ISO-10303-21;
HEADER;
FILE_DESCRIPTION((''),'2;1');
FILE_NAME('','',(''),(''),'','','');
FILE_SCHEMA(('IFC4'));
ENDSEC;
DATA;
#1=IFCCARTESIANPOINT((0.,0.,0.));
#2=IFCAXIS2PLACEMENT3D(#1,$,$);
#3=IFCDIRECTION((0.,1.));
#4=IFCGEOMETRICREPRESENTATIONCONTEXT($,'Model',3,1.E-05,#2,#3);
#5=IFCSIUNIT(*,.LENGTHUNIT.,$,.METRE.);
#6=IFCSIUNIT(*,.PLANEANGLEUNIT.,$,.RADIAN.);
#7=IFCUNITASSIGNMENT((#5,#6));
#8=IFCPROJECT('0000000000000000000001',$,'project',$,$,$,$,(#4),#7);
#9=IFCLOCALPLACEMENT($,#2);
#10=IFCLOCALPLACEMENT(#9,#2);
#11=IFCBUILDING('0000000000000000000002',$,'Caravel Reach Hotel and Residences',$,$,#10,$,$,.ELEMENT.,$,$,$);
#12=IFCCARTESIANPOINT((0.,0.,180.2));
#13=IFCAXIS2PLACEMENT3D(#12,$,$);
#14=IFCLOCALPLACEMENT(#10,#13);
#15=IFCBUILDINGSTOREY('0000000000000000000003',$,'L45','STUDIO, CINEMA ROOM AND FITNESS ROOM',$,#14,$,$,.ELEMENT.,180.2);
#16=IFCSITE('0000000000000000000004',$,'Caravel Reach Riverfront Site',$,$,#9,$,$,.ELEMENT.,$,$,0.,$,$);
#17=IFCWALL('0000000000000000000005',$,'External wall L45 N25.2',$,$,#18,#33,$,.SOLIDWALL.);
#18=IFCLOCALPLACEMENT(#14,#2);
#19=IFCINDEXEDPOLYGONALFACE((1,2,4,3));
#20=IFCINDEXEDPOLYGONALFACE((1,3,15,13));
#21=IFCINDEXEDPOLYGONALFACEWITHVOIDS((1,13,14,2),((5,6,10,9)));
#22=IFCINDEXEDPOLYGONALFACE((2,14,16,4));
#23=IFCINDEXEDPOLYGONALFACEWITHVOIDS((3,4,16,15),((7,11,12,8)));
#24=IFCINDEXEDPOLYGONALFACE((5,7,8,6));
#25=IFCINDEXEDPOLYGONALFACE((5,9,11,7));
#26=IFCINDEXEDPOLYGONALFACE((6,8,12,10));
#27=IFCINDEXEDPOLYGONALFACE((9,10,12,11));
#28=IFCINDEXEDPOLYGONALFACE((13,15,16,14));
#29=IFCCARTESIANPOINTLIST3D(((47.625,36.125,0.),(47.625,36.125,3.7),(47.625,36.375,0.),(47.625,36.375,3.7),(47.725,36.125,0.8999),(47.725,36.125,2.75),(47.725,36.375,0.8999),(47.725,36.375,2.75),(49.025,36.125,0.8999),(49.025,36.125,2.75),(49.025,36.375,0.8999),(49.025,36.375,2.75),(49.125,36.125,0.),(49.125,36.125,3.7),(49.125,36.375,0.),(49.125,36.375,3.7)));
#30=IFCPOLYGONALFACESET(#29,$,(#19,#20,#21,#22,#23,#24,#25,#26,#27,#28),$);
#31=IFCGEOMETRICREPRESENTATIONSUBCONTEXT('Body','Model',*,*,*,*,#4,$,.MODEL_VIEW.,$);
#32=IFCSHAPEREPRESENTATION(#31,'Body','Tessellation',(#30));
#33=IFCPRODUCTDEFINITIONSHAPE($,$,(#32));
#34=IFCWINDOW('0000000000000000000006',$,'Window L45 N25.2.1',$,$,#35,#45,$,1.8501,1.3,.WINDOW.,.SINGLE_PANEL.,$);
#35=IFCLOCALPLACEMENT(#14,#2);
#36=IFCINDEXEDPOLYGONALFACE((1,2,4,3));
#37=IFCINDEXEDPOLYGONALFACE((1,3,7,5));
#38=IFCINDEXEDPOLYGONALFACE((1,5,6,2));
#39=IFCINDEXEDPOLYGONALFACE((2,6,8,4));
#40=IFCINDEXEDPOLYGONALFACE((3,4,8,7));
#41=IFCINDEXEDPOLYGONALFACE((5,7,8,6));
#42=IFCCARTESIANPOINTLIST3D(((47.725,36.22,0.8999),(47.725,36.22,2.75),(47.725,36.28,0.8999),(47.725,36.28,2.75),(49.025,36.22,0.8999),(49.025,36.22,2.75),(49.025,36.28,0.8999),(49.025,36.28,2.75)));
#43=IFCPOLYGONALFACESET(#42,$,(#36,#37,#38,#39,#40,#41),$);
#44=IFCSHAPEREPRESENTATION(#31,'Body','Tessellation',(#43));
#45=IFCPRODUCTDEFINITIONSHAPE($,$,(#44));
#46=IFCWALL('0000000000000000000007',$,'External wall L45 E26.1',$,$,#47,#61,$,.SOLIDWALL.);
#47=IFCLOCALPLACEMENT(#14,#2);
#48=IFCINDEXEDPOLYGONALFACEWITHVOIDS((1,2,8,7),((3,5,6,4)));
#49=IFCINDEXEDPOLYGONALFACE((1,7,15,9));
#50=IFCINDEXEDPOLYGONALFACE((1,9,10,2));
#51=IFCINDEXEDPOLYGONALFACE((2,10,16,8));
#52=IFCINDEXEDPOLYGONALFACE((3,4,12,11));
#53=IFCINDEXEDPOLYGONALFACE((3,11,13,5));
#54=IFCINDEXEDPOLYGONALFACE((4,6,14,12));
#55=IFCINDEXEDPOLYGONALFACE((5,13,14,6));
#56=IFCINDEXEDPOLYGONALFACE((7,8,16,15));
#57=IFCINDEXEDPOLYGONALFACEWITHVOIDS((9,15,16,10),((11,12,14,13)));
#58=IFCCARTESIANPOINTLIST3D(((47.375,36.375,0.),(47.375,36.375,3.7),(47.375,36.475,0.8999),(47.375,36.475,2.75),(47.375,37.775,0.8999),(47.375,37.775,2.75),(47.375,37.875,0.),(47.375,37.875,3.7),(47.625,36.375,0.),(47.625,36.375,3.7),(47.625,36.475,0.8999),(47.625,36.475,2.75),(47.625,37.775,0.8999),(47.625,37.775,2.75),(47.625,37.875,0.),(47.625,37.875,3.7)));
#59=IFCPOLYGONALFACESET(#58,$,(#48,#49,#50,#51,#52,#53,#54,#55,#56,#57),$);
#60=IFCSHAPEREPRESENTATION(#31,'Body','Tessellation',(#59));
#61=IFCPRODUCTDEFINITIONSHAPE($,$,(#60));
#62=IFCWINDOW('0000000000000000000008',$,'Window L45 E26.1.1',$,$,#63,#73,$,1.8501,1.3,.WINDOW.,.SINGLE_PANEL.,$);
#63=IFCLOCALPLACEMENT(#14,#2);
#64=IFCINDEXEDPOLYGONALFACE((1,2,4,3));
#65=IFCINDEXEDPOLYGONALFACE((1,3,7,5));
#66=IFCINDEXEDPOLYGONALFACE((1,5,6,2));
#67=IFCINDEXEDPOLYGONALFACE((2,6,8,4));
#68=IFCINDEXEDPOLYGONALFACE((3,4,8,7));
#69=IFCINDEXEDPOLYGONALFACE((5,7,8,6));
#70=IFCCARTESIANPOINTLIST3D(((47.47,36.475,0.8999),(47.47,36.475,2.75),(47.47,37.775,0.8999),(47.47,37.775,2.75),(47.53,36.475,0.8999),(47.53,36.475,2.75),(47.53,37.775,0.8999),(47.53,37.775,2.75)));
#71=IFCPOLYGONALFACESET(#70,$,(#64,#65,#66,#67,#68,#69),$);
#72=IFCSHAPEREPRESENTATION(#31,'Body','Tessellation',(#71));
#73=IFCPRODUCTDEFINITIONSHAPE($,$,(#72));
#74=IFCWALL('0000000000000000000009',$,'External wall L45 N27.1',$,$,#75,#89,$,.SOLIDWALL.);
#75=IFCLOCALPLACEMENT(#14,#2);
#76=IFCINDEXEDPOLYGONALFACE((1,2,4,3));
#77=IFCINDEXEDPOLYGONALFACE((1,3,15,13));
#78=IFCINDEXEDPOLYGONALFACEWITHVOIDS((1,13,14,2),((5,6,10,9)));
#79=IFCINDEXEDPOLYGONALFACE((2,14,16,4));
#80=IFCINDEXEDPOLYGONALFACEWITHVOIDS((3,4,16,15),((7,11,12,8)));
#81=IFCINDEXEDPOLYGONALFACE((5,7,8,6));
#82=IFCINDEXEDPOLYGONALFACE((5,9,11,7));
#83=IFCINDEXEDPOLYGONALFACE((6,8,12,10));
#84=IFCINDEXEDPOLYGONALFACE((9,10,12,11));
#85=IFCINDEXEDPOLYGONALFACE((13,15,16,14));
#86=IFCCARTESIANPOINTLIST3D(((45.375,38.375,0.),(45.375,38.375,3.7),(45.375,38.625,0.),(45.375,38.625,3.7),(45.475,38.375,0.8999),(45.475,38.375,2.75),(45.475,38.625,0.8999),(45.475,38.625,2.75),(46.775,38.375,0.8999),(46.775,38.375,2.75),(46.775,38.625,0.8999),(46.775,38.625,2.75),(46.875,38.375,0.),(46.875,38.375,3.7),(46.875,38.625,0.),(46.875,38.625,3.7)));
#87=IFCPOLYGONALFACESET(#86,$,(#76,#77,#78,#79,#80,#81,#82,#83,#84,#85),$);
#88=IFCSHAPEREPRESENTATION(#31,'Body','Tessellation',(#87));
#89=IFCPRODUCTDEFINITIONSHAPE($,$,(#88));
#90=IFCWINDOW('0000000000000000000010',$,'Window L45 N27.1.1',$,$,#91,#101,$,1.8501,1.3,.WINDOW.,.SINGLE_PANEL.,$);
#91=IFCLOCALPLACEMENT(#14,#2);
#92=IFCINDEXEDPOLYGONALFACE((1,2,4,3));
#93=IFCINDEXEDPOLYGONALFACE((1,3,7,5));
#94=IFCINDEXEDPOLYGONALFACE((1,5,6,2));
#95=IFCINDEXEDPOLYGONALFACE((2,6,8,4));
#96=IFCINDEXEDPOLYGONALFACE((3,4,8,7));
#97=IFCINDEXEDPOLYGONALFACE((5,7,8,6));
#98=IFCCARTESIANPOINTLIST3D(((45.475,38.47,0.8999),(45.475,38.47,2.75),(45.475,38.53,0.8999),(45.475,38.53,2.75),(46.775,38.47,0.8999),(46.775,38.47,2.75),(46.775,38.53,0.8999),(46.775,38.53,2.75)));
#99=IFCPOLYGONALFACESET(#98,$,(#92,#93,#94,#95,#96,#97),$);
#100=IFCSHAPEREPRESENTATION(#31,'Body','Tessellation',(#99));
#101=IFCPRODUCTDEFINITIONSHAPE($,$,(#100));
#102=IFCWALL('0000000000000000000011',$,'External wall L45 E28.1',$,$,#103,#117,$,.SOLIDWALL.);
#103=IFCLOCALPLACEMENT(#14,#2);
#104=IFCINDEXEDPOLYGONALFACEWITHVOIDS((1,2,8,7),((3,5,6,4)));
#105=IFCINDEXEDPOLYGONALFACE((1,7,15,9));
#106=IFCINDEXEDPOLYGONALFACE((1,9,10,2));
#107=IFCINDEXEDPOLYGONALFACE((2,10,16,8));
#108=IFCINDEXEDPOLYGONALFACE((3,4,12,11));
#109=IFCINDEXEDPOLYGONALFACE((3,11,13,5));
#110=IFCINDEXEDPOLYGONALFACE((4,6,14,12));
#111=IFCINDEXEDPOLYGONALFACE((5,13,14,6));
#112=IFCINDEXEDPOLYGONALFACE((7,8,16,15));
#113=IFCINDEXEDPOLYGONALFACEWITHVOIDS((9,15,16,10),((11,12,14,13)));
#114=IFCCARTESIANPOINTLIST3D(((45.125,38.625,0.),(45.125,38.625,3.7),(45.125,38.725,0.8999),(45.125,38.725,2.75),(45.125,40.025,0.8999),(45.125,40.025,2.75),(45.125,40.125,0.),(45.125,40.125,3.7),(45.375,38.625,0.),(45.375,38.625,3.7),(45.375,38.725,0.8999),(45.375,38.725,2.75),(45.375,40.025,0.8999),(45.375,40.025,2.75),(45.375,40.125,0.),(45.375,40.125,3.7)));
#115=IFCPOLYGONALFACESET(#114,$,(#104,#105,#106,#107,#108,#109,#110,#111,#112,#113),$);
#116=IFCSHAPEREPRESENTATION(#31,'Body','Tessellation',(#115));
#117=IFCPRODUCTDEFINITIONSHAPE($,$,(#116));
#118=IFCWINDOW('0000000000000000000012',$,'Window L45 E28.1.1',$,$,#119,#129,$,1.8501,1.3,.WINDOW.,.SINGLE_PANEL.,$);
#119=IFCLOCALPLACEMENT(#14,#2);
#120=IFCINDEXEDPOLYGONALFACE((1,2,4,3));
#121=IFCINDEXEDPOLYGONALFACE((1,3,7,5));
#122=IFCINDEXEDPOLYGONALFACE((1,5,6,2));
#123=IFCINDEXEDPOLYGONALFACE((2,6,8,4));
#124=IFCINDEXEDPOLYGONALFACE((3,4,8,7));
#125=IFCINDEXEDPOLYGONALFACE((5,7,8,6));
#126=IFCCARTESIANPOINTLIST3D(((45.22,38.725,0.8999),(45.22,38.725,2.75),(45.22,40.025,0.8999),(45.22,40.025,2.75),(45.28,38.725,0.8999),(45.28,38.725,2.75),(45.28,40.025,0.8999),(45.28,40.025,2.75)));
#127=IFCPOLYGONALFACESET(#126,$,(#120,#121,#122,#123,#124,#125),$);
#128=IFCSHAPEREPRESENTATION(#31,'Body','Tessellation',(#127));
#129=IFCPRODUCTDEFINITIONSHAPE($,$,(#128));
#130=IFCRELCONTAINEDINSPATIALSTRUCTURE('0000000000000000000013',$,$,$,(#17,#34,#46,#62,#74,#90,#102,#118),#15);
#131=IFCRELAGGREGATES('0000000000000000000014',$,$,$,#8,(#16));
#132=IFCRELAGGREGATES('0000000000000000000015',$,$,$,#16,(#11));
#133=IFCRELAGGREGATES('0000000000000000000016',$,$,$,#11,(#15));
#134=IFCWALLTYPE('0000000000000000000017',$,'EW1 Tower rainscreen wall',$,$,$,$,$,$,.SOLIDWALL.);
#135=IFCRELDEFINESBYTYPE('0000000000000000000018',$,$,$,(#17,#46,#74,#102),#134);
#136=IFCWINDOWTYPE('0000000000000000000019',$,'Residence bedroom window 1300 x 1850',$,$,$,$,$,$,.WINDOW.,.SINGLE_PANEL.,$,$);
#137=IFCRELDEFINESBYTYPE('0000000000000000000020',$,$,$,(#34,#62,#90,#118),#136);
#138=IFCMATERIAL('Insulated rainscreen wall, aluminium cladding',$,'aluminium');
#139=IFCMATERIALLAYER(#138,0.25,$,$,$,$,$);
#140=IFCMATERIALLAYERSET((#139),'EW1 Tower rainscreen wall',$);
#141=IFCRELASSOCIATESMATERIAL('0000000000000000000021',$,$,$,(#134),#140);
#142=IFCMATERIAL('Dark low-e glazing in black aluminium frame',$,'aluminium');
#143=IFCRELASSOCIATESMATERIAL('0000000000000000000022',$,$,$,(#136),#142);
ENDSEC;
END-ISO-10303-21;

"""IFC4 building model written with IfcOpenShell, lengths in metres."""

from ifc_helpers import new_model, si_unit, direction, frame, frame_2d, origin, place, context, subcontext, project, spatial, rectangle, extrude, material, layer, layer_set, type_object, element, fill, save


model = new_model("IFC4")

# Units and contexts
model_context = context("Model", 3, precision=1e-05, world=origin(), true_north=direction((0.0, 1.0)))
body_context = subcontext(model_context, "Body", "Model", "MODEL_VIEW")
ifc_project = project(units=[si_unit("LENGTHUNIT", "METRE"), si_unit("PLANEANGLEUNIT", "RADIAN")], contexts=[model_context])

# Site, building, storey
site_placement = place(None, origin())
site = spatial("IfcSite", under=ifc_project, at=site_placement, Name="Caravel Reach Riverfront Site", CompositionType="ELEMENT", RefElevation=0.0)
building_placement = place(site_placement, origin())
building = spatial("IfcBuilding", under=site, at=building_placement, Name="Caravel Reach Hotel and Residences", CompositionType="ELEMENT")
storey_placement = place(building_placement, frame((0.0, 0.0, 180.2)))
storey = spatial("IfcBuildingStorey", under=building, at=storey_placement, Name="L45", Description="STUDIO, CINEMA ROOM AND FITNESS ROOM", CompositionType="ELEMENT", Elevation=180.2)

# Shared definitions
ifc_material_1 = material(Name="Insulated rainscreen wall, aluminium cladding", Category="aluminium")
ifc_layer_1 = layer(ifc_material_1, 0.25)
ifc_layer_set_1 = layer_set([ifc_layer_1], Name="EW1 Tower rainscreen wall")
wall_type_1 = type_object("IfcWallType", Name="EW1 Tower rainscreen wall", PredefinedType="SOLIDWALL", material=ifc_layer_set_1)

# Walls, openings, windows
wall_1_placement = place(storey_placement, frame((49.125, 36.25, 0.0), z_axis=(0.0, 0.0, 1.0), x_axis=(-1.0, 0.0, 0.0)))
wall_1 = element("IfcWall", 1, at=wall_1_placement, inside=storey, type_object=wall_type_1, Name="External wall L45 N25.2", PredefinedType="SOLIDWALL", context=body_context, shape_type="SweptSolid", body=[
    extrude(rectangle(XDim=1.5, YDim=0.25, at=frame_2d((0.75, 0.0))), origin(), (0.0, 0.0, 1.0), 3.7),
])
opening_1_placement = place(wall_1_placement, frame((0.1001, 0.0, 0.8999)))
opening_1 = element("IfcOpeningElement", 2, at=opening_1_placement, cuts=wall_1, PredefinedType="OPENING", context=body_context, shape_type="SweptSolid", body=[
    extrude(rectangle(XDim=1.3, YDim=1.8501, at=frame_2d((0.6499, 0.925))), frame((0.0, 0.135, 0.0), z_axis=(0.0, -1.0, 0.0), x_axis=(1.0, 0.0, 0.0)), (0.0, 0.0, 1.0), 0.27),
])
ifc_material_2 = material(Name="Dark low-e glazing in black aluminium frame", Category="aluminium")
window_type_1 = type_object("IfcWindowType", Name="Residence bedroom window 1300 x 1850", PartitioningType="SINGLE_PANEL", PredefinedType="WINDOW", material=ifc_material_2)
window_1_placement = place(opening_1_placement, origin())
window_1 = element("IfcWindow", 3, at=window_1_placement, inside=storey, type_object=window_type_1, Name="Window L45 N25.2.1", OverallHeight=1.8501, OverallWidth=1.3, PartitioningType="SINGLE_PANEL", PredefinedType="WINDOW", context=body_context, shape_type="SweptSolid", body=[
    extrude(rectangle(XDim=1.3, YDim=1.8501, at=frame_2d((0.6499, 0.925))), frame((0.0, 0.03, 0.0), z_axis=(0.0, -1.0, 0.0), x_axis=(1.0, 0.0, 0.0)), (0.0, 0.0, 1.0), 0.0601),
])
fill(opening_1, window_1)
wall_2_placement = place(storey_placement, frame((47.5, 36.375, 0.0), z_axis=(0.0, 0.0, 1.0), x_axis=(0.0, 1.0, 0.0)))
wall_2 = element("IfcWall", 4, at=wall_2_placement, inside=storey, type_object=wall_type_1, Name="External wall L45 E26.1", PredefinedType="SOLIDWALL", context=body_context, shape_type="SweptSolid", body=[
    extrude(rectangle(XDim=1.5, YDim=0.25, at=frame_2d((0.75, 0.0))), origin(), (0.0, 0.0, 1.0), 3.7),
])
opening_2_placement = place(wall_2_placement, frame((0.1001, 0.0, 0.8999)))
opening_2 = element("IfcOpeningElement", 5, at=opening_2_placement, cuts=wall_2, PredefinedType="OPENING", context=body_context, shape_type="SweptSolid", body=[
    extrude(rectangle(XDim=1.3, YDim=1.8501, at=frame_2d((0.6499, 0.925))), frame((0.0, 0.135, 0.0), z_axis=(0.0, -1.0, 0.0), x_axis=(1.0, 0.0, 0.0)), (0.0, 0.0, 1.0), 0.27),
])
window_2_placement = place(opening_2_placement, origin())
window_2 = element("IfcWindow", 6, at=window_2_placement, inside=storey, type_object=window_type_1, Name="Window L45 E26.1.1", OverallHeight=1.8501, OverallWidth=1.3, PartitioningType="SINGLE_PANEL", PredefinedType="WINDOW", context=body_context, shape_type="SweptSolid", body=[
    extrude(rectangle(XDim=1.3, YDim=1.8501, at=frame_2d((0.6499, 0.925))), frame((0.0, 0.03, 0.0), z_axis=(0.0, -1.0, 0.0), x_axis=(1.0, 0.0, 0.0)), (0.0, 0.0, 1.0), 0.0601),
])
fill(opening_2, window_2)
wall_3_placement = place(storey_placement, frame((46.875, 38.5, 0.0), z_axis=(0.0, 0.0, 1.0), x_axis=(-1.0, 0.0, 0.0)))
wall_3 = element("IfcWall", 7, at=wall_3_placement, inside=storey, type_object=wall_type_1, Name="External wall L45 N27.1", PredefinedType="SOLIDWALL", context=body_context, shape_type="SweptSolid", body=[
    extrude(rectangle(XDim=1.5, YDim=0.25, at=frame_2d((0.75, 0.0))), origin(), (0.0, 0.0, 1.0), 3.7),
])
opening_3_placement = place(wall_3_placement, frame((0.1001, 0.0, 0.8999)))
opening_3 = element("IfcOpeningElement", 8, at=opening_3_placement, cuts=wall_3, PredefinedType="OPENING", context=body_context, shape_type="SweptSolid", body=[
    extrude(rectangle(XDim=1.3, YDim=1.8501, at=frame_2d((0.6499, 0.925))), frame((0.0, 0.135, 0.0), z_axis=(0.0, -1.0, 0.0), x_axis=(1.0, 0.0, 0.0)), (0.0, 0.0, 1.0), 0.27),
])
window_3_placement = place(opening_3_placement, origin())
window_3 = element("IfcWindow", 9, at=window_3_placement, inside=storey, type_object=window_type_1, Name="Window L45 N27.1.1", OverallHeight=1.8501, OverallWidth=1.3, PartitioningType="SINGLE_PANEL", PredefinedType="WINDOW", context=body_context, shape_type="SweptSolid", body=[
    extrude(rectangle(XDim=1.3, YDim=1.8501, at=frame_2d((0.6499, 0.925))), frame((0.0, 0.03, 0.0), z_axis=(0.0, -1.0, 0.0), x_axis=(1.0, 0.0, 0.0)), (0.0, 0.0, 1.0), 0.0601),
])
fill(opening_3, window_3)
wall_4_placement = place(storey_placement, frame((45.25, 38.625, 0.0), z_axis=(0.0, 0.0, 1.0), x_axis=(0.0, 1.0, 0.0)))
wall_4 = element("IfcWall", 10, at=wall_4_placement, inside=storey, type_object=wall_type_1, Name="External wall L45 E28.1", PredefinedType="SOLIDWALL", context=body_context, shape_type="SweptSolid", body=[
    extrude(rectangle(XDim=1.5, YDim=0.25, at=frame_2d((0.75, 0.0))), origin(), (0.0, 0.0, 1.0), 3.7),
])
opening_4_placement = place(wall_4_placement, frame((0.1001, 0.0, 0.8999)))
opening_4 = element("IfcOpeningElement", 11, at=opening_4_placement, cuts=wall_4, PredefinedType="OPENING", context=body_context, shape_type="SweptSolid", body=[
    extrude(rectangle(XDim=1.3, YDim=1.8501, at=frame_2d((0.6499, 0.925))), frame((0.0, 0.135, 0.0), z_axis=(0.0, -1.0, 0.0), x_axis=(1.0, 0.0, 0.0)), (0.0, 0.0, 1.0), 0.27),
])
window_4_placement = place(opening_4_placement, origin())
window_4 = element("IfcWindow", 12, at=window_4_placement, inside=storey, type_object=window_type_1, Name="Window L45 E28.1.1", OverallHeight=1.8501, OverallWidth=1.3, PartitioningType="SINGLE_PANEL", PredefinedType="WINDOW", context=body_context, shape_type="SweptSolid", body=[
    extrude(rectangle(XDim=1.3, YDim=1.8501, at=frame_2d((0.6499, 0.925))), frame((0.0, 0.03, 0.0), z_axis=(0.0, -1.0, 0.0), x_axis=(1.0, 0.0, 0.0)), (0.0, 0.0, 1.0), 0.0601),
])
fill(opening_4, window_4)

save(model, "model.ifc")
